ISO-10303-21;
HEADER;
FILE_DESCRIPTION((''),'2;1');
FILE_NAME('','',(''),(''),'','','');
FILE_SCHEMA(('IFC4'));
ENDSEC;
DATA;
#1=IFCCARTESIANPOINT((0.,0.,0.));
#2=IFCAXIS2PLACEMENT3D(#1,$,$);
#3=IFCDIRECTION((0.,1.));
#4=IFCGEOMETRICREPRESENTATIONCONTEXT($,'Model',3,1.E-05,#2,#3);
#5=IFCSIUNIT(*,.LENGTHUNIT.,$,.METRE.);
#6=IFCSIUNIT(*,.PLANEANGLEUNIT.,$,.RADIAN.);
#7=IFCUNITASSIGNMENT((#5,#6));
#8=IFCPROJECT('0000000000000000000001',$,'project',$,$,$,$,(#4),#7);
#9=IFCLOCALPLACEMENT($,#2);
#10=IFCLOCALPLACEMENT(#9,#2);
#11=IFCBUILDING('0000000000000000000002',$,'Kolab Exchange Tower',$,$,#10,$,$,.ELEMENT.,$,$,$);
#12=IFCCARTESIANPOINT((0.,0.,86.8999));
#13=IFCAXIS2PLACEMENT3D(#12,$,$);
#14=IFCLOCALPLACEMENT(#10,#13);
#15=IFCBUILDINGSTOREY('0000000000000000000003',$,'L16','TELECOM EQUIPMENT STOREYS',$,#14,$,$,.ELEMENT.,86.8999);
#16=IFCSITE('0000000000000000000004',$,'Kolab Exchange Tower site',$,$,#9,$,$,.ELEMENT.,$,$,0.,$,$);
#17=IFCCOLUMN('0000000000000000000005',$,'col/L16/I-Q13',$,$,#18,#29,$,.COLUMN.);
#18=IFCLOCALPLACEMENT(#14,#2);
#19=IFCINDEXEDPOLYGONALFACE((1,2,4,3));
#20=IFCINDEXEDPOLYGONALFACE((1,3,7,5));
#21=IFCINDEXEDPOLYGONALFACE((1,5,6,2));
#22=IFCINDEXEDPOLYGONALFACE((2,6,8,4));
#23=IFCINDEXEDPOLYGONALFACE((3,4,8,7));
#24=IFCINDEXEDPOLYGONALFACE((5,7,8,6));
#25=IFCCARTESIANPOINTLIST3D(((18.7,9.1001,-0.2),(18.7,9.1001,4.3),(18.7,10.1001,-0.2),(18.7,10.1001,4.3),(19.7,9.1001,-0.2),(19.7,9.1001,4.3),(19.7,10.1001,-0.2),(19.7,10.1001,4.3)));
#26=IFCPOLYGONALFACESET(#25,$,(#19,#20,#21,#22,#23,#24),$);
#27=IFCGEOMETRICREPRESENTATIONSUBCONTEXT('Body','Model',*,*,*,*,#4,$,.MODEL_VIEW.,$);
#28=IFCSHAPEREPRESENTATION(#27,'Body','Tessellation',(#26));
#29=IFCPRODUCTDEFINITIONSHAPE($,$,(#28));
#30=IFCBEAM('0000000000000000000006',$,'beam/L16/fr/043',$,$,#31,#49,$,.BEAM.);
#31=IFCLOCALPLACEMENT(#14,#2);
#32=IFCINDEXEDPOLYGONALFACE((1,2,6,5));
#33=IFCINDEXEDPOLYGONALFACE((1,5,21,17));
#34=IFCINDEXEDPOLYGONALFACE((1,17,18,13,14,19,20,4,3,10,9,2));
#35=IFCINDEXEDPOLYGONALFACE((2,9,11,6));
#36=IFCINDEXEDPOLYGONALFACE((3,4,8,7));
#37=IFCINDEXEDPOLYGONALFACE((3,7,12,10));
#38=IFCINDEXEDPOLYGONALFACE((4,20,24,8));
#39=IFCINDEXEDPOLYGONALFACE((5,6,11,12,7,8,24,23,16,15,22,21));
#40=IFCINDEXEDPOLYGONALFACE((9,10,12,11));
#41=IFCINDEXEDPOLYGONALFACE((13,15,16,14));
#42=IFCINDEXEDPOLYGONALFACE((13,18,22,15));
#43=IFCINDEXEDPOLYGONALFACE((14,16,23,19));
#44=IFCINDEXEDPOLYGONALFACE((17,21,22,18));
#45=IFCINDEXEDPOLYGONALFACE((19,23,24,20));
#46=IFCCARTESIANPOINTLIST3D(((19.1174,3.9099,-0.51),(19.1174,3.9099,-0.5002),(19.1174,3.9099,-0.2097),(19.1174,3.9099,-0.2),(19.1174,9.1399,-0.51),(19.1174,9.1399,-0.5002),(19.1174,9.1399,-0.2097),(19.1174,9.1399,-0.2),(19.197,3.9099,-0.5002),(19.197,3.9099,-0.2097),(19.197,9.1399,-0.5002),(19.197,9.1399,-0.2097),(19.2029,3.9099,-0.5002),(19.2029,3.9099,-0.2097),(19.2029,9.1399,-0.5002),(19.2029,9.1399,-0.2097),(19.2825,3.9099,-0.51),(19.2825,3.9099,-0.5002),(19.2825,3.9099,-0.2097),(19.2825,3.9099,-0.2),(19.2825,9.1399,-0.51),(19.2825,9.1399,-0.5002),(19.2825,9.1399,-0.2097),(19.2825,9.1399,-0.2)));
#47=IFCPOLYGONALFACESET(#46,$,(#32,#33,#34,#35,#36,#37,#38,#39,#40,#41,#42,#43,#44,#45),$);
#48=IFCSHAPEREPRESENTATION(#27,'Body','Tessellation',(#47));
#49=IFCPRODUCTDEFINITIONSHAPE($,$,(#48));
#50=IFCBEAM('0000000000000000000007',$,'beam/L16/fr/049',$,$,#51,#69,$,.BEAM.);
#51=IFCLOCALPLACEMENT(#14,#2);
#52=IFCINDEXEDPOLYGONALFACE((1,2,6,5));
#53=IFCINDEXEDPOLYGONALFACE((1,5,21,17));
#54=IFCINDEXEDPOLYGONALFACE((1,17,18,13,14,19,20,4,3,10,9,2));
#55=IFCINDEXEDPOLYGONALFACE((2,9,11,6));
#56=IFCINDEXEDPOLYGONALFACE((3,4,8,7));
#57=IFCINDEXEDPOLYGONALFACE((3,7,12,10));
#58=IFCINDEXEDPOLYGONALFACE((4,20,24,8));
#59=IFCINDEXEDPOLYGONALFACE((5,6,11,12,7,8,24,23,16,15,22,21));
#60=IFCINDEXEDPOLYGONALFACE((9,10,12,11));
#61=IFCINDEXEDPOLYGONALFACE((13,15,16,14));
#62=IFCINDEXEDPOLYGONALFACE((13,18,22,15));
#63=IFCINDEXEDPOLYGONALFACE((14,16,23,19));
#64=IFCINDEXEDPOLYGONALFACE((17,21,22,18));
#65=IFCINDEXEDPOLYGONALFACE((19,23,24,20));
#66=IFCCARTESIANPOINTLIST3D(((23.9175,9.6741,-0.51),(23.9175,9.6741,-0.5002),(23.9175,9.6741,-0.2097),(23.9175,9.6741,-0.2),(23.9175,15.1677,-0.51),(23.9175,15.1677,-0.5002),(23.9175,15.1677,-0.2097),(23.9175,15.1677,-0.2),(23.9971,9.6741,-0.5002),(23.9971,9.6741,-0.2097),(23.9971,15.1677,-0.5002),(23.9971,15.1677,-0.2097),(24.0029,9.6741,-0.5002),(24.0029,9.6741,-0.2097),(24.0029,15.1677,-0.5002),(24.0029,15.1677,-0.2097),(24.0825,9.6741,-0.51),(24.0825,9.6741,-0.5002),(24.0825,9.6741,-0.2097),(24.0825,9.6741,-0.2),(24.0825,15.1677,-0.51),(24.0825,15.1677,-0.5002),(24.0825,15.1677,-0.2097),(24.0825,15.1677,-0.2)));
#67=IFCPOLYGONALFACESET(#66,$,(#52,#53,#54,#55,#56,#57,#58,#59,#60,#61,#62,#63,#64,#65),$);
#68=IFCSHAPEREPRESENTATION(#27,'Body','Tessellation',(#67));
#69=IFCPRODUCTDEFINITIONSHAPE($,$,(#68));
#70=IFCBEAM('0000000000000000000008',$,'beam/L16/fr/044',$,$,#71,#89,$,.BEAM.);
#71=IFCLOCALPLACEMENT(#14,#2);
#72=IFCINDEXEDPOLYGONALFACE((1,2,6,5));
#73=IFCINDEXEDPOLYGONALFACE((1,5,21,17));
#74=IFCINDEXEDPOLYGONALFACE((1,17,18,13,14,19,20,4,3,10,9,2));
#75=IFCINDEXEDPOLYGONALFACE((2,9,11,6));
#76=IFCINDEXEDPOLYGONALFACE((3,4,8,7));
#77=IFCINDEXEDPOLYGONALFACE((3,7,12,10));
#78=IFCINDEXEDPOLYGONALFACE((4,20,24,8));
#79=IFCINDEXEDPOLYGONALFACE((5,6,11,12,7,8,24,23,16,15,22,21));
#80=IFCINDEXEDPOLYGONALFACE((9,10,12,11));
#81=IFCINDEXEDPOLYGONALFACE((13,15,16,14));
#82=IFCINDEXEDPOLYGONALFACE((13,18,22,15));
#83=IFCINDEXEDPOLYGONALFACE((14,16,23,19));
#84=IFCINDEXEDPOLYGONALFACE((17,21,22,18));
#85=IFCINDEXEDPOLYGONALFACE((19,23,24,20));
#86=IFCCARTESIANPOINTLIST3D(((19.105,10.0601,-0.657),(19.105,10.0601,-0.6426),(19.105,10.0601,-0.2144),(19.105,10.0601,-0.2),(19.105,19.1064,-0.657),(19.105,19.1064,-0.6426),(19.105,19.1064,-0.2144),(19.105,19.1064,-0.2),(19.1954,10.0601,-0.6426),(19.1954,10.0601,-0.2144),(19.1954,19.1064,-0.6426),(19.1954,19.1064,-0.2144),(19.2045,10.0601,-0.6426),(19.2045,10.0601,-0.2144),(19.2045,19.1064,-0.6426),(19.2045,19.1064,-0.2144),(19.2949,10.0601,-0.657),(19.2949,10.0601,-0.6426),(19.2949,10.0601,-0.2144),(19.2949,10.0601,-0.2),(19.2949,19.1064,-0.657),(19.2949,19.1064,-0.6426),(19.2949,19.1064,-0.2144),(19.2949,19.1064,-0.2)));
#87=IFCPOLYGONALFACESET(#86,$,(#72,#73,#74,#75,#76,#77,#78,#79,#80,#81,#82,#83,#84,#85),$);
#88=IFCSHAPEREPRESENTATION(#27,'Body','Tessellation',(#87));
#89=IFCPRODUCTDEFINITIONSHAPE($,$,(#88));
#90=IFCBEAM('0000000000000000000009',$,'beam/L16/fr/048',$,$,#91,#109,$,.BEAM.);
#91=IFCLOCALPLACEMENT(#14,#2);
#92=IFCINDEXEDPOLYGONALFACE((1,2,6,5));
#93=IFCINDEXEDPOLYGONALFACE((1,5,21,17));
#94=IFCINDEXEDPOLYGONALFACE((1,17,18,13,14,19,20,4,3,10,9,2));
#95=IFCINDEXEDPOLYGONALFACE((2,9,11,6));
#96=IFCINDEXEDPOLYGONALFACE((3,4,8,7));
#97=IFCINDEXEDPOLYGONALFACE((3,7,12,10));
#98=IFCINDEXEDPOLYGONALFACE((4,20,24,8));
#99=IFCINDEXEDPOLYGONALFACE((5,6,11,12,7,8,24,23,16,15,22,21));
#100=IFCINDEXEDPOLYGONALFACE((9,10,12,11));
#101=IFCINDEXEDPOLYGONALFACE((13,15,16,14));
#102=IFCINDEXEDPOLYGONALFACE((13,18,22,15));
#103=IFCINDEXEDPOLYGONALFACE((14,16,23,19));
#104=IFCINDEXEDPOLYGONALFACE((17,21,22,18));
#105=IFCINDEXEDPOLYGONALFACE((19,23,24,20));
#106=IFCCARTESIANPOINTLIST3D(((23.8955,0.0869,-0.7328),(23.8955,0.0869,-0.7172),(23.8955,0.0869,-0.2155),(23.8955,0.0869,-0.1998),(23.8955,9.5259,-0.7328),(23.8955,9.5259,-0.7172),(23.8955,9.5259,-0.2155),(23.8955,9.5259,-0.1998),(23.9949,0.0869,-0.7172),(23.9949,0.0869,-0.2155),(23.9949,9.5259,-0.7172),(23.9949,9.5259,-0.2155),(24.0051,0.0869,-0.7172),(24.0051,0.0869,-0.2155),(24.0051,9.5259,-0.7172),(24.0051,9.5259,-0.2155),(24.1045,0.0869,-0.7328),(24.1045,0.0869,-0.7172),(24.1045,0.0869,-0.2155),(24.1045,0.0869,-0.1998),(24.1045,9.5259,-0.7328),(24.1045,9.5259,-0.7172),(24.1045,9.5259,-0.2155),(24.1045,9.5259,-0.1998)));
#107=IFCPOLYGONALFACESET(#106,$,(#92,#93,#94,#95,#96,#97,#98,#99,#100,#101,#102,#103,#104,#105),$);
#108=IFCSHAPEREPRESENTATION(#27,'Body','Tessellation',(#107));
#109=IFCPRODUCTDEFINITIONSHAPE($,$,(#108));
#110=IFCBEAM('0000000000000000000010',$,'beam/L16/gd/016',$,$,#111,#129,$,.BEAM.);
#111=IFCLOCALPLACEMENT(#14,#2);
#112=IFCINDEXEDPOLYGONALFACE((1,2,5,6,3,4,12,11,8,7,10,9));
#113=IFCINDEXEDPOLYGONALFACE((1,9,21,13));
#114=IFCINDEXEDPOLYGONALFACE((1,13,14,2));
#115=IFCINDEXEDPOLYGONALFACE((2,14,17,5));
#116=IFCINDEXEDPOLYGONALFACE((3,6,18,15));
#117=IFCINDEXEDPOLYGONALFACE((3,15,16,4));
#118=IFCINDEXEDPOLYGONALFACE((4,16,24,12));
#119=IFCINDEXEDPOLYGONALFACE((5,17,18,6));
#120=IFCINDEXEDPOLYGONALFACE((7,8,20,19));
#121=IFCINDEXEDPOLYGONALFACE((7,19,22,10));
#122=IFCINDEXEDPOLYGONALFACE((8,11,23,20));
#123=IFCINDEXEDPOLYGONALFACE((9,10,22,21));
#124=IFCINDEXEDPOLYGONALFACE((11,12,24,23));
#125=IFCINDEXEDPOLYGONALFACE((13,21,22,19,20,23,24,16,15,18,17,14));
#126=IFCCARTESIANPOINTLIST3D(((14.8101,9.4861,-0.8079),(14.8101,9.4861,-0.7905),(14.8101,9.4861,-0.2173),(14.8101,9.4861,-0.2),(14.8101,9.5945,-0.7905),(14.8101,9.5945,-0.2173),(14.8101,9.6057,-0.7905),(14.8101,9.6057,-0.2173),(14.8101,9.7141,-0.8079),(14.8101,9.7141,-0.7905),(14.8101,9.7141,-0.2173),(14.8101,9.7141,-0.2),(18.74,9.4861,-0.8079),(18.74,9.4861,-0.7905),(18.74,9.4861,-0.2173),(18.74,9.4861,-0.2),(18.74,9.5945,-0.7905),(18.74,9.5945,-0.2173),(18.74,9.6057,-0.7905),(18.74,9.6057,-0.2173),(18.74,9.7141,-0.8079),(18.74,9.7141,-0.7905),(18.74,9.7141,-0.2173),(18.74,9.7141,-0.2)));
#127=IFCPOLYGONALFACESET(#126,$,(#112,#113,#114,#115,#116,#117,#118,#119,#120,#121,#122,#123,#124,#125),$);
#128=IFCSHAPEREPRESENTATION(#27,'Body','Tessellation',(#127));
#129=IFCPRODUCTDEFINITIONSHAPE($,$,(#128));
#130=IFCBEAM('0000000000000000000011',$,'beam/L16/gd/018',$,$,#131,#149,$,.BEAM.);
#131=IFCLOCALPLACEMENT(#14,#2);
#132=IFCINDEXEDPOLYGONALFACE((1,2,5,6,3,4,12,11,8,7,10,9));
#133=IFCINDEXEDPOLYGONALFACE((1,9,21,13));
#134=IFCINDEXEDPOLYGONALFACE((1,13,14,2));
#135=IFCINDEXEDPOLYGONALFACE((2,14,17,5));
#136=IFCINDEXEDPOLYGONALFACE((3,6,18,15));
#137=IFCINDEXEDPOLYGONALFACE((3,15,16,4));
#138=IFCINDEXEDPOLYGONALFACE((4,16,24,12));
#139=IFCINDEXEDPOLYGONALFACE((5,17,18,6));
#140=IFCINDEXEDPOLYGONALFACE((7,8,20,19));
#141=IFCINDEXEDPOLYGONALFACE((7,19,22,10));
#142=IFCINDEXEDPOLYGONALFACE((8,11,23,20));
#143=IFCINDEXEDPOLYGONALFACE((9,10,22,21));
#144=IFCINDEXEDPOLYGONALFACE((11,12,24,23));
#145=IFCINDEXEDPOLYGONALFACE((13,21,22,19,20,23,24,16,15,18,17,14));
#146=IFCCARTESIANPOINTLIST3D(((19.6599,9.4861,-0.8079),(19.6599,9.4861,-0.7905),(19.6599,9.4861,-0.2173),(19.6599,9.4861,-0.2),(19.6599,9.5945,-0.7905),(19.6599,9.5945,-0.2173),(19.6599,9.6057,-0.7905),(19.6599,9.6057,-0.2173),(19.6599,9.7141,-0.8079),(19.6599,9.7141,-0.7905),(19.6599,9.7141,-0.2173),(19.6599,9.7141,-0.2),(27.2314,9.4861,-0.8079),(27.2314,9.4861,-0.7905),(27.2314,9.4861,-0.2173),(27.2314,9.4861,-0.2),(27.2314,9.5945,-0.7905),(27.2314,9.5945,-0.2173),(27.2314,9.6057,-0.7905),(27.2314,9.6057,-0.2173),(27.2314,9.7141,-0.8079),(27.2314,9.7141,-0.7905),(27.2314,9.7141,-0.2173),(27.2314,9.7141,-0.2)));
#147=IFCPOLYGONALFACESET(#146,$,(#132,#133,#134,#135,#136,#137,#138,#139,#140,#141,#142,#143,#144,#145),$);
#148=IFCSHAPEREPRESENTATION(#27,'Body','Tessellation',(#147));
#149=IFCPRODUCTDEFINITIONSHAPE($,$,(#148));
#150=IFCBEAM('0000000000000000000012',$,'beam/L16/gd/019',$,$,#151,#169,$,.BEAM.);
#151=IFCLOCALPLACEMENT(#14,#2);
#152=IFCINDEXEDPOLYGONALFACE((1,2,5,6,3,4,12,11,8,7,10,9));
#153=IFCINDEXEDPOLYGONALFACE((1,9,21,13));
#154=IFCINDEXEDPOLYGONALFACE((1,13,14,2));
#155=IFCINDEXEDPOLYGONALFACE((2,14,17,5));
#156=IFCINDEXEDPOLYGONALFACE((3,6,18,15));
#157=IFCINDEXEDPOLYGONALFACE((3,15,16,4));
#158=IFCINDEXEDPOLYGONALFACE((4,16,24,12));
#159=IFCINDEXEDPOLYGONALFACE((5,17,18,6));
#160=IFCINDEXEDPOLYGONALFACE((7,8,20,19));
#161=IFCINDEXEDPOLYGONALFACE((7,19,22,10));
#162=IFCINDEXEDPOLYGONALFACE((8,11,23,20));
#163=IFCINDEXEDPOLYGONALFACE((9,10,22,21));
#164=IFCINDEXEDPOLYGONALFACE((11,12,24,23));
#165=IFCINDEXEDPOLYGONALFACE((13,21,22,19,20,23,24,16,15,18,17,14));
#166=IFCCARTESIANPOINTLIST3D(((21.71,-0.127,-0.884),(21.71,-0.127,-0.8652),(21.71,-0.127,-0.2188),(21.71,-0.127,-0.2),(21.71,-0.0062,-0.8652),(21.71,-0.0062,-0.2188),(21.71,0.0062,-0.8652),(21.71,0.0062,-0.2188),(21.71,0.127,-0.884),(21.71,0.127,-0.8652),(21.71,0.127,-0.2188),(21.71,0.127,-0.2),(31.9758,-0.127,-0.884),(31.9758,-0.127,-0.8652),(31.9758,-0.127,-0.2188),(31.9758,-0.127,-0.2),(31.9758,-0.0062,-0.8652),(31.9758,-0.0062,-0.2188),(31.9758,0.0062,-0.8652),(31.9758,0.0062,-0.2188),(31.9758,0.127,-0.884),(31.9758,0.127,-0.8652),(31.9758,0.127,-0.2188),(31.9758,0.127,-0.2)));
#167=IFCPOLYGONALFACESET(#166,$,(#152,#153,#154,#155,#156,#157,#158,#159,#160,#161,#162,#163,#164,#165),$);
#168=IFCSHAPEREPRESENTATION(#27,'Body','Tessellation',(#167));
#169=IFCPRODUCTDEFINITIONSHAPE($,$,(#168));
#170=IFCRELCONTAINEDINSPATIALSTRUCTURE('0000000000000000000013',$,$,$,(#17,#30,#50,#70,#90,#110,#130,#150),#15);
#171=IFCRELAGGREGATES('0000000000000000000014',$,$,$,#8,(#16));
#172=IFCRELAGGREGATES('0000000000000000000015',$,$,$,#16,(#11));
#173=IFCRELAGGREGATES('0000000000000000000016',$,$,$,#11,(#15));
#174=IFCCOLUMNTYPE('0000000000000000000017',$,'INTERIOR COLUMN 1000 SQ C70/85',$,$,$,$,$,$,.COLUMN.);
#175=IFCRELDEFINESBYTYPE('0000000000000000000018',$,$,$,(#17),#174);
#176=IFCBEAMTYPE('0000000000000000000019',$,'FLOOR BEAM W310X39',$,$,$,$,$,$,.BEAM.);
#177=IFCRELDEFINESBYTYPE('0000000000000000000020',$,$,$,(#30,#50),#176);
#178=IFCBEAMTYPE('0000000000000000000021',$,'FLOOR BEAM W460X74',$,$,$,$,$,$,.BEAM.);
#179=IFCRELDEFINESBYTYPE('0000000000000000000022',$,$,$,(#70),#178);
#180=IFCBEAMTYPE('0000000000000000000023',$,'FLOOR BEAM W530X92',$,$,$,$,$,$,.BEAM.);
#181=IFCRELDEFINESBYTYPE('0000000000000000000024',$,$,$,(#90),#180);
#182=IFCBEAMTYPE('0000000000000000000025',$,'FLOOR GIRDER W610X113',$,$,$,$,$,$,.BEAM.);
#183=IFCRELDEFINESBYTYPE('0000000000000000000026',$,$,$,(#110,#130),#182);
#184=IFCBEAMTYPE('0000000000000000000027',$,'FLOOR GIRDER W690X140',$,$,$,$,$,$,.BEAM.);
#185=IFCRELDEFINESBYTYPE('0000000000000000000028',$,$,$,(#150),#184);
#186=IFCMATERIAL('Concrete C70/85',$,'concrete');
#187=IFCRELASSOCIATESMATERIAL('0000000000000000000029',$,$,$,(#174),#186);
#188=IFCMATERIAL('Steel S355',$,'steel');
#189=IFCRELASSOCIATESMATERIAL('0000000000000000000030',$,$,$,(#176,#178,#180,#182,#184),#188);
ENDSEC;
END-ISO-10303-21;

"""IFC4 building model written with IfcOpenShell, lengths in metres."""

from ifc_helpers import new_model, si_unit, direction, frame, origin, origin_2d, place, context, subcontext, project, spatial, rectangle, i_section, extrude, material, material_profile, profile_set, type_object, element, save


model = new_model("IFC4")

# Units and contexts
model_context = context("Model", 3, precision=1e-05, world=origin(), true_north=direction((0.0, 1.0)))
body_context = subcontext(model_context, "Body", "Model", "MODEL_VIEW")
ifc_project = project(units=[si_unit("LENGTHUNIT", "METRE"), si_unit("PLANEANGLEUNIT", "RADIAN")], contexts=[model_context])

# Site, building, storey
site_placement = place(None, origin())
site = spatial("IfcSite", under=ifc_project, at=site_placement, Name="Kolab Exchange Tower site", CompositionType="ELEMENT", RefElevation=0.0)
building_placement = place(site_placement, origin())
building = spatial("IfcBuilding", under=site, at=building_placement, Name="Kolab Exchange Tower", CompositionType="ELEMENT")
storey_placement = place(building_placement, frame((0.0, 0.0, 86.8999)))
storey = spatial("IfcBuildingStorey", under=building, at=storey_placement, Name="L16", Description="TELECOM EQUIPMENT STOREYS", CompositionType="ELEMENT", Elevation=86.8999)

# Column
ifc_material_1 = material(Name="Concrete C70/85", Category="concrete")
ifc_material_profile_1 = material_profile(ifc_material_1, rectangle(XDim=1.0, YDim=1.0, at=origin_2d()), Name="RC1000")
ifc_profile_set_1 = profile_set([ifc_material_profile_1], Name="Concrete C70/85")
column_type = type_object("IfcColumnType", Name="INTERIOR COLUMN 1000 SQ C70/85", PredefinedType="COLUMN", material=ifc_profile_set_1)
column_placement = place(storey_placement, frame((19.2, 9.6001, -0.2), z_axis=(0.0, 0.0, 1.0), x_axis=(1.0, 0.0, 0.0)))
element("IfcColumn", 1, at=column_placement, inside=storey, type_object=column_type, Name="col/L16/I-Q13", PredefinedType="COLUMN", context=body_context, shape_type="SweptSolid", body=[
    extrude(rectangle(XDim=1.0, YDim=1.0, at=origin_2d()), origin(), (0.0, 0.0, 1.0), 4.5),
])

# Beams
ifc_material_2 = material(Name="Steel S355", Category="steel")
ifc_material_profile_2 = material_profile(ifc_material_2, i_section(OverallWidth=0.165, OverallDepth=0.3101, WebThickness=0.0059, FlangeThickness=0.0098, at=origin_2d()), Name="W310X39")
ifc_profile_set_2 = profile_set([ifc_material_profile_2], Name="Steel S355")
beam_type_1 = type_object("IfcBeamType", Name="FLOOR BEAM W310X39", PredefinedType="BEAM", material=ifc_profile_set_2)
beam_1_placement = place(storey_placement, frame((19.2, 3.9099, -0.355), z_axis=(0.0, 1.0, 0.0), x_axis=(-1.0, 0.0, 0.0)))
element("IfcBeam", 2, at=beam_1_placement, inside=storey, type_object=beam_type_1, Name="beam/L16/fr/043", PredefinedType="BEAM", context=body_context, shape_type="SweptSolid", body=[
    extrude(i_section(OverallWidth=0.165, OverallDepth=0.3101, WebThickness=0.0059, FlangeThickness=0.0098, at=origin_2d()), origin(), (0.0, 0.0, 1.0), 5.23),
])
beam_2_placement = place(storey_placement, frame((24.0, 9.6741, -0.355), z_axis=(0.0, 1.0, 0.0), x_axis=(-1.0, 0.0, 0.0)))
element("IfcBeam", 3, at=beam_2_placement, inside=storey, type_object=beam_type_1, Name="beam/L16/fr/049", PredefinedType="BEAM", context=body_context, shape_type="SweptSolid", body=[
    extrude(i_section(OverallWidth=0.165, OverallDepth=0.3101, WebThickness=0.0059, FlangeThickness=0.0098, at=origin_2d()), origin(), (0.0, 0.0, 1.0), 5.4937),
])
ifc_material_profile_3 = material_profile(ifc_material_2, i_section(OverallWidth=0.1899, OverallDepth=0.457, WebThickness=0.009, FlangeThickness=0.0144, at=origin_2d()), Name="W460X74")
ifc_profile_set_3 = profile_set([ifc_material_profile_3], Name="Steel S355")
beam_type_2 = type_object("IfcBeamType", Name="FLOOR BEAM W460X74", PredefinedType="BEAM", material=ifc_profile_set_3)
beam_3_placement = place(storey_placement, frame((19.2, 10.0601, -0.4285), z_axis=(0.0, 1.0, 0.0), x_axis=(-1.0, 0.0, 0.0)))
element("IfcBeam", 4, at=beam_3_placement, inside=storey, type_object=beam_type_2, Name="beam/L16/fr/044", PredefinedType="BEAM", context=body_context, shape_type="SweptSolid", body=[
    extrude(i_section(OverallWidth=0.1899, OverallDepth=0.457, WebThickness=0.009, FlangeThickness=0.0144, at=origin_2d()), origin(), (0.0, 0.0, 1.0), 9.0464),
])
ifc_material_profile_4 = material_profile(ifc_material_2, i_section(OverallWidth=0.209, OverallDepth=0.533, WebThickness=0.0103, FlangeThickness=0.0156, at=origin_2d()), Name="W530X92")
ifc_profile_set_4 = profile_set([ifc_material_profile_4], Name="Steel S355")
beam_type_3 = type_object("IfcBeamType", Name="FLOOR BEAM W530X92", PredefinedType="BEAM", material=ifc_profile_set_4)
beam_4_placement = place(storey_placement, frame((24.0, 0.0869, -0.4663), z_axis=(0.0, 1.0, 0.0), x_axis=(-1.0, 0.0, 0.0)))
element("IfcBeam", 5, at=beam_4_placement, inside=storey, type_object=beam_type_3, Name="beam/L16/fr/048", PredefinedType="BEAM", context=body_context, shape_type="SweptSolid", body=[
    extrude(i_section(OverallWidth=0.209, OverallDepth=0.533, WebThickness=0.0103, FlangeThickness=0.0156, at=origin_2d()), origin(), (0.0, 0.0, 1.0), 9.439),
])
ifc_material_profile_5 = material_profile(ifc_material_2, i_section(OverallWidth=0.228, OverallDepth=0.6079, WebThickness=0.0112, FlangeThickness=0.0173, at=origin_2d()), Name="W610X113")
ifc_profile_set_5 = profile_set([ifc_material_profile_5], Name="Steel S355")
beam_type_4 = type_object("IfcBeamType", Name="FLOOR GIRDER W610X113", PredefinedType="BEAM", material=ifc_profile_set_5)
beam_5_placement = place(storey_placement, frame((14.8101, 9.6001, -0.5039), z_axis=(1.0, 0.0, 0.0), x_axis=(0.0, 1.0, 0.0)))
element("IfcBeam", 6, at=beam_5_placement, inside=storey, type_object=beam_type_4, Name="beam/L16/gd/016", PredefinedType="BEAM", context=body_context, shape_type="SweptSolid", body=[
    extrude(i_section(OverallWidth=0.228, OverallDepth=0.6079, WebThickness=0.0112, FlangeThickness=0.0173, at=origin_2d()), origin(), (0.0, 0.0, 1.0), 3.9299),
])
beam_6_placement = place(storey_placement, frame((19.6599, 9.6001, -0.5039), z_axis=(1.0, 0.0, 0.0), x_axis=(0.0, 1.0, 0.0)))
element("IfcBeam", 7, at=beam_6_placement, inside=storey, type_object=beam_type_4, Name="beam/L16/gd/018", PredefinedType="BEAM", context=body_context, shape_type="SweptSolid", body=[
    extrude(i_section(OverallWidth=0.228, OverallDepth=0.6079, WebThickness=0.0112, FlangeThickness=0.0173, at=origin_2d()), origin(), (0.0, 0.0, 1.0), 7.5715),
])
ifc_material_profile_6 = material_profile(ifc_material_2, i_section(OverallWidth=0.2539, OverallDepth=0.6841, WebThickness=0.0125, FlangeThickness=0.0188, at=origin_2d()), Name="W690X140")
ifc_profile_set_6 = profile_set([ifc_material_profile_6], Name="Steel S355")
beam_type_5 = type_object("IfcBeamType", Name="FLOOR GIRDER W690X140", PredefinedType="BEAM", material=ifc_profile_set_6)
beam_7_placement = place(storey_placement, frame((21.71, 0.0, -0.542), z_axis=(1.0, 0.0, 0.0), x_axis=(0.0, 1.0, 0.0)))
element("IfcBeam", 8, at=beam_7_placement, inside=storey, type_object=beam_type_5, Name="beam/L16/gd/019", PredefinedType="BEAM", context=body_context, shape_type="SweptSolid", body=[
    extrude(i_section(OverallWidth=0.2539, OverallDepth=0.6841, WebThickness=0.0125, FlangeThickness=0.0188, at=origin_2d()), origin(), (0.0, 0.0, 1.0), 10.2659),
])

save(model, "model.ifc")
